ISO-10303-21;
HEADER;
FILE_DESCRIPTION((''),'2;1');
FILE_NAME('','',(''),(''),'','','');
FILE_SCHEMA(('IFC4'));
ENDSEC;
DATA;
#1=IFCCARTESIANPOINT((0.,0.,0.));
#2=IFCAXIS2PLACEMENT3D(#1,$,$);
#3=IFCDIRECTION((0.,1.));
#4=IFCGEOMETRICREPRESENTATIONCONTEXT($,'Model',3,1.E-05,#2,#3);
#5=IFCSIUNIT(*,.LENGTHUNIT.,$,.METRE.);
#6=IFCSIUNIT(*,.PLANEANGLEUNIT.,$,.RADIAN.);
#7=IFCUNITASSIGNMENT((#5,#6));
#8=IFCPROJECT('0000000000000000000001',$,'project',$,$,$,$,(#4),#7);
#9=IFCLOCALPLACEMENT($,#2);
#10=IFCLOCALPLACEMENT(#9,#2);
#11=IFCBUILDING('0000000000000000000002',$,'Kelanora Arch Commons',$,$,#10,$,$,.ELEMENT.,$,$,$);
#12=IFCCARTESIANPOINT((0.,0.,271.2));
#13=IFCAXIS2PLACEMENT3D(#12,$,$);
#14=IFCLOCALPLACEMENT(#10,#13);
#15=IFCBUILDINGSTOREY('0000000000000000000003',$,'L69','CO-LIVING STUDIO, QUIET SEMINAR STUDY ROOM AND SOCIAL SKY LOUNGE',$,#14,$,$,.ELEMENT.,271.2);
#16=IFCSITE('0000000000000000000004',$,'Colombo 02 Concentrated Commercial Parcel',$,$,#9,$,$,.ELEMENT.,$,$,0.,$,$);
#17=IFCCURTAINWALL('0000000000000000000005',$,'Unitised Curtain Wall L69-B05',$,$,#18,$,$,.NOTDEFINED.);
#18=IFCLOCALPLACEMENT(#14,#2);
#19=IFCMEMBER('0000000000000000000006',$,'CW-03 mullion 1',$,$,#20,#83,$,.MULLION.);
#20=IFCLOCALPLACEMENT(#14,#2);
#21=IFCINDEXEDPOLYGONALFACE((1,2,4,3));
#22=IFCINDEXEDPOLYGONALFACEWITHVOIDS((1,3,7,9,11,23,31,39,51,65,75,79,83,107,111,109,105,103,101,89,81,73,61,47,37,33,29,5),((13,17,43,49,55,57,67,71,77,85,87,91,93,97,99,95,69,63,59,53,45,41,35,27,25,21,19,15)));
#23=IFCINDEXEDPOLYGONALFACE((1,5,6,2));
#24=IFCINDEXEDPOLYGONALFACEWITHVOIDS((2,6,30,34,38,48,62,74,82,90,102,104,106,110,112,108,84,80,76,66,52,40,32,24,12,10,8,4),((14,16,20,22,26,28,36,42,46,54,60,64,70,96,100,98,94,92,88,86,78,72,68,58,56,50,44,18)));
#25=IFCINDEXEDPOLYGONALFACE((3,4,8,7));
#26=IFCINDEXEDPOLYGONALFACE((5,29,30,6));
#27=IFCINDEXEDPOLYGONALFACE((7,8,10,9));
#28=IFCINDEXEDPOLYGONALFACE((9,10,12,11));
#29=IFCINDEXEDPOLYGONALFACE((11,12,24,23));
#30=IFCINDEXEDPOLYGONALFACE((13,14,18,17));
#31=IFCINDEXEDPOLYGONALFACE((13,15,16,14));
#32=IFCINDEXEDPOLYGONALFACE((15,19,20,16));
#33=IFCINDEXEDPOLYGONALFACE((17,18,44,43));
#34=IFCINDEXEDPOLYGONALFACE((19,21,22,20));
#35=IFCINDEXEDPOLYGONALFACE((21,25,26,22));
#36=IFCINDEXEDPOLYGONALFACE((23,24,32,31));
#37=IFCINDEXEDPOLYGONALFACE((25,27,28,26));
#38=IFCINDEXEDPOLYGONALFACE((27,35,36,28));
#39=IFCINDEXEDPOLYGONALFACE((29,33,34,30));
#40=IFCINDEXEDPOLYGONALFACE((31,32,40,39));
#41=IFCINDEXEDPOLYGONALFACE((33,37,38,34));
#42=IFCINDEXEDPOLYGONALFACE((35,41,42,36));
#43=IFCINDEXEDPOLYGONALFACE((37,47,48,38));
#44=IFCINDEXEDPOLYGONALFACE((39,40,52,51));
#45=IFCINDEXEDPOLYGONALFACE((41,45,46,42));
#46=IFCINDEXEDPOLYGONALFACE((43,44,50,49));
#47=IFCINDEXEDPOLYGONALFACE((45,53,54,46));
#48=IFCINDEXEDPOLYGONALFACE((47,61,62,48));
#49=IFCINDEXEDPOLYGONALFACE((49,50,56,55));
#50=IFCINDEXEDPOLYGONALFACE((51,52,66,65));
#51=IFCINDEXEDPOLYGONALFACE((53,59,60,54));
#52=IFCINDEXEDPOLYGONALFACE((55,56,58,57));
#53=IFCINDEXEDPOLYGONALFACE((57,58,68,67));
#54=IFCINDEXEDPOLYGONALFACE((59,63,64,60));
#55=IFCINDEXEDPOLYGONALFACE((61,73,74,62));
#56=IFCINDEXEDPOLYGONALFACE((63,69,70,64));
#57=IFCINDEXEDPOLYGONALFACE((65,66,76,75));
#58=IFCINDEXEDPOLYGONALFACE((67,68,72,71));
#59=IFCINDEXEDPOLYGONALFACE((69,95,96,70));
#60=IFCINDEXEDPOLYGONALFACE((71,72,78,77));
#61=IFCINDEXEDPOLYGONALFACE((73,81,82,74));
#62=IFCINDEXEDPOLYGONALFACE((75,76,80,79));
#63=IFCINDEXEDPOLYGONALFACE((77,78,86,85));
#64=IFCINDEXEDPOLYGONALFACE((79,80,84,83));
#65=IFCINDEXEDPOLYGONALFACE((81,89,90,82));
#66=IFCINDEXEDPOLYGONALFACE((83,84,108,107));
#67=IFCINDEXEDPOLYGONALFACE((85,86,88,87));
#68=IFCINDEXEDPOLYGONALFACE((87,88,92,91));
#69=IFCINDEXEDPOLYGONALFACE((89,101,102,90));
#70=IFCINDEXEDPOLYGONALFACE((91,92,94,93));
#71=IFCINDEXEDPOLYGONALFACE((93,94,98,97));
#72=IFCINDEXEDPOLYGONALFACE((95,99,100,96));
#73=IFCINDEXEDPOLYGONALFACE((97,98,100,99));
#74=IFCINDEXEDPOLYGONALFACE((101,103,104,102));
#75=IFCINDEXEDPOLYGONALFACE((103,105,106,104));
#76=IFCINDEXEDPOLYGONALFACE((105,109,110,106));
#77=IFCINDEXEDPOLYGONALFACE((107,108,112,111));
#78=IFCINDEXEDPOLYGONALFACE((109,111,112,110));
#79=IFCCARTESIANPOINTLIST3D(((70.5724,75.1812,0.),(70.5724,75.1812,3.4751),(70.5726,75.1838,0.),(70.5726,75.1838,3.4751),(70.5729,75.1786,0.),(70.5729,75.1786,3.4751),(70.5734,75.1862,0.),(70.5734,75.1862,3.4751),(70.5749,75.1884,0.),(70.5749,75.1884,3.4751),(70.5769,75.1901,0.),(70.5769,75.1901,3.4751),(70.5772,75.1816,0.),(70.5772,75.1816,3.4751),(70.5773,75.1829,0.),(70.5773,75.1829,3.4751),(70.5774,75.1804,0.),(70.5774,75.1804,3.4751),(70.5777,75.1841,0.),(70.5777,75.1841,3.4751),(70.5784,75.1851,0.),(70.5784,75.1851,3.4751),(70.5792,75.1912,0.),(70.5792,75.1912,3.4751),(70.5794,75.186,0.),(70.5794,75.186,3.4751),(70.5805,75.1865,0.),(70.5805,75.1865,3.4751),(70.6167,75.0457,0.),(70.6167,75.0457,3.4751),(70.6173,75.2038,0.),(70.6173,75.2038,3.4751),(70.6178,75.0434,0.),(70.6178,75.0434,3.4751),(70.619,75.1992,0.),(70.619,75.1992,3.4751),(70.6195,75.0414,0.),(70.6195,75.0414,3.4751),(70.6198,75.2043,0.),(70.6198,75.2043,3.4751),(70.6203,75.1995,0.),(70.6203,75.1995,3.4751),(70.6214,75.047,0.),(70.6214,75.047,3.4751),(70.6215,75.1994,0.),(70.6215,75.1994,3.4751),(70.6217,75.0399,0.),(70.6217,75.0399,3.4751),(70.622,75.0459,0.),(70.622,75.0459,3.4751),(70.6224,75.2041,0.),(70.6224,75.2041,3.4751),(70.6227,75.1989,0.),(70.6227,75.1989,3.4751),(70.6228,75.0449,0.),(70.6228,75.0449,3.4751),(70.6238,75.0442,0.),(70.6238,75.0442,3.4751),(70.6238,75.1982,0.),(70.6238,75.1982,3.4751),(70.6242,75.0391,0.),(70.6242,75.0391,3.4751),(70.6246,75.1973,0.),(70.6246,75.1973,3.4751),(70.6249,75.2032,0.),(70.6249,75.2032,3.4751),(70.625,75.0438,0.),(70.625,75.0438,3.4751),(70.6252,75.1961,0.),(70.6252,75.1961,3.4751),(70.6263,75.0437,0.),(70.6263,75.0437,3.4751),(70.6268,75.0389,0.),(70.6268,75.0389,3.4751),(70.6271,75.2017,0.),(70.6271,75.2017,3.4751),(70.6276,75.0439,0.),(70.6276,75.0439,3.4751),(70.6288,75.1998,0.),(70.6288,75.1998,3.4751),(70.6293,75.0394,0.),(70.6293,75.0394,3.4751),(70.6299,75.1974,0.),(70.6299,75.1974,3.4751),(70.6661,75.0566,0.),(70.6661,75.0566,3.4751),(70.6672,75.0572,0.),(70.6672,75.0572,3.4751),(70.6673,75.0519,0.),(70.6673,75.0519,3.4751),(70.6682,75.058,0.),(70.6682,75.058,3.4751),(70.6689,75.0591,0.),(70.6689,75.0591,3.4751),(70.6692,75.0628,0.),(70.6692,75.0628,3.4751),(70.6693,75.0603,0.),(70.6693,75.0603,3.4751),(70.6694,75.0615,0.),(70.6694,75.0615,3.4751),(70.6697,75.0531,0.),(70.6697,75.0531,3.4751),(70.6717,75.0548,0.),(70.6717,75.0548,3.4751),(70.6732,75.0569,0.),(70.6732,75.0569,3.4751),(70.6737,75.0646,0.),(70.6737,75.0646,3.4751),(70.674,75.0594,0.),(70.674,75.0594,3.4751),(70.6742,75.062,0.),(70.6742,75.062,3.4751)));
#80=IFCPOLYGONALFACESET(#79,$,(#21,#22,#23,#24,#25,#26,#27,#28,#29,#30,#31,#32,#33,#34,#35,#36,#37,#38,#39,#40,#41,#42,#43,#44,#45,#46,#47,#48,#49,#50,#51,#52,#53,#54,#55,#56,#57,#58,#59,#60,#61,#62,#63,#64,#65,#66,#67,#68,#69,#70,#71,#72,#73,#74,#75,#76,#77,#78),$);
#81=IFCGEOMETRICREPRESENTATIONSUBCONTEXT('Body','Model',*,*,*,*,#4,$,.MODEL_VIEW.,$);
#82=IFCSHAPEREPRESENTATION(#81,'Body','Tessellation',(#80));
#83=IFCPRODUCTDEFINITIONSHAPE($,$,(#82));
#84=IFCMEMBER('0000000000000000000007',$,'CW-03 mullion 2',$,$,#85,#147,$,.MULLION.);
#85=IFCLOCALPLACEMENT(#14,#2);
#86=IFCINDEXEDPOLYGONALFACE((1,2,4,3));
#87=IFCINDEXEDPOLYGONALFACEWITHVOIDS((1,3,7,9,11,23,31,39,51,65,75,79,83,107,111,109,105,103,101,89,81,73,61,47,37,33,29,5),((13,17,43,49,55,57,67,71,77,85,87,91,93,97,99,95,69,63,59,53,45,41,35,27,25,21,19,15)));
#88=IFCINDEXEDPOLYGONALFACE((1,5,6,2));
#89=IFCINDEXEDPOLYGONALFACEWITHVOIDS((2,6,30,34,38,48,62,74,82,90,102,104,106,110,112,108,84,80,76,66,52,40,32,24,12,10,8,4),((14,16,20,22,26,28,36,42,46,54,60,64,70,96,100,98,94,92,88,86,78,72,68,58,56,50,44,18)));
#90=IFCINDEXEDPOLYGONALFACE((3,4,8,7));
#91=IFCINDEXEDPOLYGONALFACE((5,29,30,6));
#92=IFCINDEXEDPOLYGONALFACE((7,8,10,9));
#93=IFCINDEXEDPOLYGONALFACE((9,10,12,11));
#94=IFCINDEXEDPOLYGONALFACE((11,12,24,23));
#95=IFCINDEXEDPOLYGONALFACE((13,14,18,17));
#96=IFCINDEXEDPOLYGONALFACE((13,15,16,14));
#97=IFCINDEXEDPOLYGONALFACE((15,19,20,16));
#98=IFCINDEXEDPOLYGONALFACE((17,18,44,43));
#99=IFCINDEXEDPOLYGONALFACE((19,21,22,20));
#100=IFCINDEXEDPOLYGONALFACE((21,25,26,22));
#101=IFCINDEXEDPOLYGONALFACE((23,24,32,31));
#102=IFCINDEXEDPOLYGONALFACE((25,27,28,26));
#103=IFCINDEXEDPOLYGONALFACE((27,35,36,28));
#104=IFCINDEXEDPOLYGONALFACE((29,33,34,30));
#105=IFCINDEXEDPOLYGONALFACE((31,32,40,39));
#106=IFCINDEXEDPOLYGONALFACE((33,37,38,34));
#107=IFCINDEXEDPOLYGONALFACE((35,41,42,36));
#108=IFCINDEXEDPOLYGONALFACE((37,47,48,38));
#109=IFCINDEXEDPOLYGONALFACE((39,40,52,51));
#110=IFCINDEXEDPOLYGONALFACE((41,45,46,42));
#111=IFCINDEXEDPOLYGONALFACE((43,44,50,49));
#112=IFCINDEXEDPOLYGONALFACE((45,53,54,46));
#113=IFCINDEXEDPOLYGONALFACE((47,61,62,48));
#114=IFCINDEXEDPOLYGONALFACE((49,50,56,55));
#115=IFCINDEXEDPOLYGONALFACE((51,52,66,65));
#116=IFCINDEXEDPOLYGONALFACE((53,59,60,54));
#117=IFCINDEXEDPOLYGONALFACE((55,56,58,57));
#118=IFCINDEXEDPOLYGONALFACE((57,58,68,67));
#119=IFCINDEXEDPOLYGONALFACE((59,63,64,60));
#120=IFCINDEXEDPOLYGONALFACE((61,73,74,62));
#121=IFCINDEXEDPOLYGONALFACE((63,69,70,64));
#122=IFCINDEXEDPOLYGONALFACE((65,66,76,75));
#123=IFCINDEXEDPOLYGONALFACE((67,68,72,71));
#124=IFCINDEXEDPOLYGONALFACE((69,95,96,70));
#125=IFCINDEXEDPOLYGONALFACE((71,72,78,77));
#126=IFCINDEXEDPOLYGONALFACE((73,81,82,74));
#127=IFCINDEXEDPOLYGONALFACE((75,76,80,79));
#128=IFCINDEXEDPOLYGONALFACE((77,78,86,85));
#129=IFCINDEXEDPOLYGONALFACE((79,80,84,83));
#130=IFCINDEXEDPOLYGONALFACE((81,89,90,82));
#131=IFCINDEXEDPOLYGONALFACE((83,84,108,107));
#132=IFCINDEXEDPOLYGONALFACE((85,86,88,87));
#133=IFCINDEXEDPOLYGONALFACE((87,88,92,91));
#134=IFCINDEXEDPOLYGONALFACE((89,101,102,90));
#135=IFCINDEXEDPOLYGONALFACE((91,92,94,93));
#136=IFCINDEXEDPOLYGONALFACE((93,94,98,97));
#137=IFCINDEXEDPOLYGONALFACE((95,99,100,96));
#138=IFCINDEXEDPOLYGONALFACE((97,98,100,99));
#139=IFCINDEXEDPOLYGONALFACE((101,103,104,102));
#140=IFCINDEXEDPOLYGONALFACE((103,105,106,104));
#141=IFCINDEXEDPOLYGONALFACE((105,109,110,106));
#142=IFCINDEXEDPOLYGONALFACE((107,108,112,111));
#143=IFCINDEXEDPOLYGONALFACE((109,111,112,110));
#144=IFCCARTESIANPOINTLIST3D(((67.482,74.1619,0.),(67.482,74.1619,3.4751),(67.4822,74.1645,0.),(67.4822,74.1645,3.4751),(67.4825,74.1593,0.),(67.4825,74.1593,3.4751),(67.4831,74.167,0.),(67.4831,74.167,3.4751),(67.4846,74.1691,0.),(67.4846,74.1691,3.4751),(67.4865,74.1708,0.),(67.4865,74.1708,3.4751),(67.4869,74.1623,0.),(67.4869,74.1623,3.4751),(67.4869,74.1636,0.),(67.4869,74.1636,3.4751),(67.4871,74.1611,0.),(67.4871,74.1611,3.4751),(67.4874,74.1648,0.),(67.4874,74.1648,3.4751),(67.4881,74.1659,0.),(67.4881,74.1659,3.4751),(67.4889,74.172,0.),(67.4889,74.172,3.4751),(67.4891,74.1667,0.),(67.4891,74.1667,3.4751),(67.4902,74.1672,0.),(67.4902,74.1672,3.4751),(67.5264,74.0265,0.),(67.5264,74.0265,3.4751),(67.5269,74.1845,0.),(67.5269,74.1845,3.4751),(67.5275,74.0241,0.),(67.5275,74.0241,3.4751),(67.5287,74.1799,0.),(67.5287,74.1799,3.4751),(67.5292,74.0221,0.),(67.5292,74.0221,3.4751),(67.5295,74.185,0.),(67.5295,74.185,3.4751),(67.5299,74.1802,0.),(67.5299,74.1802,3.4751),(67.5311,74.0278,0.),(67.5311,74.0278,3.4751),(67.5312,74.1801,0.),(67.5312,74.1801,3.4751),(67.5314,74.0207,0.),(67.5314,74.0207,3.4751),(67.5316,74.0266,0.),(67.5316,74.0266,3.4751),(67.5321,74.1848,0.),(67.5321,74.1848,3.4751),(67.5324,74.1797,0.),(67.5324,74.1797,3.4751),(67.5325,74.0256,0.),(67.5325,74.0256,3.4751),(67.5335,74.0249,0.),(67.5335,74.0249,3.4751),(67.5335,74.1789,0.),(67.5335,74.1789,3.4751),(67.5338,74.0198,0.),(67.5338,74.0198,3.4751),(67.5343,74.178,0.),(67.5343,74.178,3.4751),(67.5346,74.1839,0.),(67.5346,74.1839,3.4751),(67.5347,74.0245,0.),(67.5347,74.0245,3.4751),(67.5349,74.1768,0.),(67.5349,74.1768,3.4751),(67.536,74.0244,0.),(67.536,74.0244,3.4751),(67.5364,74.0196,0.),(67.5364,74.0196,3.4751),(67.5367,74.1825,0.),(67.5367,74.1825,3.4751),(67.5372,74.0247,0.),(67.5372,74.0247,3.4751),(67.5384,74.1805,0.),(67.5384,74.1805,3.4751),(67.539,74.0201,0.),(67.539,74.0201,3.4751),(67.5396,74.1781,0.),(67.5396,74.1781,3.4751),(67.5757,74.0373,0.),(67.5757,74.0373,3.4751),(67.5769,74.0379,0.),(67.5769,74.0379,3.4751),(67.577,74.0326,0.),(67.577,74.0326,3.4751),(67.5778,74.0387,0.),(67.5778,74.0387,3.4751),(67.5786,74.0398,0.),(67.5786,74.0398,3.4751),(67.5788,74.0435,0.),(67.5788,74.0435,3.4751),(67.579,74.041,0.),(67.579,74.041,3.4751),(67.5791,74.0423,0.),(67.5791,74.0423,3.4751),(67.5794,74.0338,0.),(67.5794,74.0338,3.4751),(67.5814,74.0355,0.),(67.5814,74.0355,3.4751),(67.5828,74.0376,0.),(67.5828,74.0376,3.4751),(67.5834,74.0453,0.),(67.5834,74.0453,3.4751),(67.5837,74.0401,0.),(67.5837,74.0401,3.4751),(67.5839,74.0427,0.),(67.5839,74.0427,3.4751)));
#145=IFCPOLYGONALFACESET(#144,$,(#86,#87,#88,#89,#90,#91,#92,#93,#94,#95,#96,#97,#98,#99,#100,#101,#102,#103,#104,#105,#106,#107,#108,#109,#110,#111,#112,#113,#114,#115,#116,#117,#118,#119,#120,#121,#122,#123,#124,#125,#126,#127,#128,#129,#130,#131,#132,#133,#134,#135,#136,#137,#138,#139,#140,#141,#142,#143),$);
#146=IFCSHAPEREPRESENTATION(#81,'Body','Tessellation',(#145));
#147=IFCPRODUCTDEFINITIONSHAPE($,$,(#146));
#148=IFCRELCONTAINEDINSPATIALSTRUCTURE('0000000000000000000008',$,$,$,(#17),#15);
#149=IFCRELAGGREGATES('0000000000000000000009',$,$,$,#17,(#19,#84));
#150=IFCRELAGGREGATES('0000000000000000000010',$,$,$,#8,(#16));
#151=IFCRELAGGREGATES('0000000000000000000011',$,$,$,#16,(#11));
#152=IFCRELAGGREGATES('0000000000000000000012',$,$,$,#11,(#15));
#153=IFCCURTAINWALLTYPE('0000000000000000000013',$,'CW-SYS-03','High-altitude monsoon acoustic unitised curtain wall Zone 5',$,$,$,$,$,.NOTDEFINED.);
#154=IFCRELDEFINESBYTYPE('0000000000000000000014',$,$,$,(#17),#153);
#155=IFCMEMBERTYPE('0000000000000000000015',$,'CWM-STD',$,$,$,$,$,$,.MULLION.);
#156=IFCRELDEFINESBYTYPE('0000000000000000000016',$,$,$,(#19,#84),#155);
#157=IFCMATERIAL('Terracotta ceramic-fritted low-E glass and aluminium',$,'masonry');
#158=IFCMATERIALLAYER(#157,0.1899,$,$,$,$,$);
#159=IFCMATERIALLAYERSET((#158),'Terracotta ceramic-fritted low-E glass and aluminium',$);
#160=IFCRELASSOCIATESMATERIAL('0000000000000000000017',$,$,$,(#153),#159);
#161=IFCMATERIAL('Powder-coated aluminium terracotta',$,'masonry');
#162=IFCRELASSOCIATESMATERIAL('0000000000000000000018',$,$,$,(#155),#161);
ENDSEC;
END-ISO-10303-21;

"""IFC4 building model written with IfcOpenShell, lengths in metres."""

from ifc_helpers import new_model, si_unit, direction, frame, origin, origin_2d, place, context, subcontext, project, spatial, hollow_rectangle, extrude, material, layer, layer_set, material_profile, profile_set, type_object, element, aggregate, save


model = new_model("IFC4")

# Units and contexts
model_context = context("Model", 3, precision=1e-05, world=origin(), true_north=direction((0.0, 1.0)))
body_context = subcontext(model_context, "Body", "Model", "MODEL_VIEW")
ifc_project = project(units=[si_unit("LENGTHUNIT", "METRE"), si_unit("PLANEANGLEUNIT", "RADIAN")], contexts=[model_context])

# Site, building, storey
site_placement = place(None, origin())
site = spatial("IfcSite", under=ifc_project, at=site_placement, Name="Colombo 02 Concentrated Commercial Parcel", CompositionType="ELEMENT", RefElevation=0.0)
building_placement = place(site_placement, origin())
building = spatial("IfcBuilding", under=site, at=building_placement, Name="Kelanora Arch Commons", CompositionType="ELEMENT")
storey_placement = place(building_placement, frame((0.0, 0.0, 271.2)))
storey = spatial("IfcBuildingStorey", under=building, at=storey_placement, Name="L69", Description="CO-LIVING STUDIO, QUIET SEMINAR STUDY ROOM AND SOCIAL SKY LOUNGE", CompositionType="ELEMENT", Elevation=271.2)

# Curtain wall, members
ifc_material_1 = material(Name="Terracotta ceramic-fritted low-E glass and aluminium", Category="masonry")
ifc_layer_1 = layer(ifc_material_1, 0.1899)
ifc_layer_set_1 = layer_set([ifc_layer_1], Name="Terracotta ceramic-fritted low-E glass and aluminium")
curtain_wall_type = type_object("IfcCurtainWallType", Name="CW-SYS-03", Description="High-altitude monsoon acoustic unitised curtain wall Zone 5", PredefinedType="NOTDEFINED", material=ifc_layer_set_1)
curtain_wall_placement = place(storey_placement, origin())
curtain_wall = element("IfcCurtainWall", 1, at=curtain_wall_placement, inside=storey, type_object=curtain_wall_type, Name="Unitised Curtain Wall L69-B05", PredefinedType="NOTDEFINED")
ifc_material_2 = material(Name="Powder-coated aluminium terracotta", Category="masonry")
ifc_material_profile_1 = material_profile(ifc_material_2, hollow_rectangle(XDim=0.1599, YDim=0.0601, WallThickness=0.0049, InnerFilletRadius=0.0049, OuterFilletRadius=0.01, at=origin_2d()), Name="CWM160x60")
ifc_profile_set_1 = profile_set([ifc_material_profile_1], Name="Powder-coated aluminium terracotta")
member_type_1 = type_object("IfcMemberType", Name="CWM-STD", PredefinedType="MULLION", material=ifc_profile_set_1)
member_1_placement = place(storey_placement, frame((70.6233, 75.1216, 0.0), z_axis=(0.0, 0.0, 1.0), x_axis=(0.313253, -0.94967, 0.0)))
member_1 = element("IfcMember", 2, at=member_1_placement, type_object=member_type_1, Name="CW-03 mullion 1", PredefinedType="MULLION", context=body_context, shape_type="SweptSolid", body=[
    extrude(hollow_rectangle(XDim=0.1599, YDim=0.0601, WallThickness=0.0049, InnerFilletRadius=0.0049, OuterFilletRadius=0.01, at=origin_2d()), origin(), (0.0, 0.0, 1.0), 3.4751),
])
member_2_placement = place(storey_placement, frame((67.533, 74.1023, 0.0), z_axis=(0.0, 0.0, 1.0), x_axis=(0.313253, -0.94967, 0.0)))
member_2 = element("IfcMember", 3, at=member_2_placement, type_object=member_type_1, Name="CW-03 mullion 2", PredefinedType="MULLION", context=body_context, shape_type="SweptSolid", body=[
    extrude(hollow_rectangle(XDim=0.1599, YDim=0.0601, WallThickness=0.0049, InnerFilletRadius=0.0049, OuterFilletRadius=0.01, at=origin_2d()), origin(), (0.0, 0.0, 1.0), 3.4751),
])
aggregate(curtain_wall, [member_1, member_2])

save(model, "model.ifc")
